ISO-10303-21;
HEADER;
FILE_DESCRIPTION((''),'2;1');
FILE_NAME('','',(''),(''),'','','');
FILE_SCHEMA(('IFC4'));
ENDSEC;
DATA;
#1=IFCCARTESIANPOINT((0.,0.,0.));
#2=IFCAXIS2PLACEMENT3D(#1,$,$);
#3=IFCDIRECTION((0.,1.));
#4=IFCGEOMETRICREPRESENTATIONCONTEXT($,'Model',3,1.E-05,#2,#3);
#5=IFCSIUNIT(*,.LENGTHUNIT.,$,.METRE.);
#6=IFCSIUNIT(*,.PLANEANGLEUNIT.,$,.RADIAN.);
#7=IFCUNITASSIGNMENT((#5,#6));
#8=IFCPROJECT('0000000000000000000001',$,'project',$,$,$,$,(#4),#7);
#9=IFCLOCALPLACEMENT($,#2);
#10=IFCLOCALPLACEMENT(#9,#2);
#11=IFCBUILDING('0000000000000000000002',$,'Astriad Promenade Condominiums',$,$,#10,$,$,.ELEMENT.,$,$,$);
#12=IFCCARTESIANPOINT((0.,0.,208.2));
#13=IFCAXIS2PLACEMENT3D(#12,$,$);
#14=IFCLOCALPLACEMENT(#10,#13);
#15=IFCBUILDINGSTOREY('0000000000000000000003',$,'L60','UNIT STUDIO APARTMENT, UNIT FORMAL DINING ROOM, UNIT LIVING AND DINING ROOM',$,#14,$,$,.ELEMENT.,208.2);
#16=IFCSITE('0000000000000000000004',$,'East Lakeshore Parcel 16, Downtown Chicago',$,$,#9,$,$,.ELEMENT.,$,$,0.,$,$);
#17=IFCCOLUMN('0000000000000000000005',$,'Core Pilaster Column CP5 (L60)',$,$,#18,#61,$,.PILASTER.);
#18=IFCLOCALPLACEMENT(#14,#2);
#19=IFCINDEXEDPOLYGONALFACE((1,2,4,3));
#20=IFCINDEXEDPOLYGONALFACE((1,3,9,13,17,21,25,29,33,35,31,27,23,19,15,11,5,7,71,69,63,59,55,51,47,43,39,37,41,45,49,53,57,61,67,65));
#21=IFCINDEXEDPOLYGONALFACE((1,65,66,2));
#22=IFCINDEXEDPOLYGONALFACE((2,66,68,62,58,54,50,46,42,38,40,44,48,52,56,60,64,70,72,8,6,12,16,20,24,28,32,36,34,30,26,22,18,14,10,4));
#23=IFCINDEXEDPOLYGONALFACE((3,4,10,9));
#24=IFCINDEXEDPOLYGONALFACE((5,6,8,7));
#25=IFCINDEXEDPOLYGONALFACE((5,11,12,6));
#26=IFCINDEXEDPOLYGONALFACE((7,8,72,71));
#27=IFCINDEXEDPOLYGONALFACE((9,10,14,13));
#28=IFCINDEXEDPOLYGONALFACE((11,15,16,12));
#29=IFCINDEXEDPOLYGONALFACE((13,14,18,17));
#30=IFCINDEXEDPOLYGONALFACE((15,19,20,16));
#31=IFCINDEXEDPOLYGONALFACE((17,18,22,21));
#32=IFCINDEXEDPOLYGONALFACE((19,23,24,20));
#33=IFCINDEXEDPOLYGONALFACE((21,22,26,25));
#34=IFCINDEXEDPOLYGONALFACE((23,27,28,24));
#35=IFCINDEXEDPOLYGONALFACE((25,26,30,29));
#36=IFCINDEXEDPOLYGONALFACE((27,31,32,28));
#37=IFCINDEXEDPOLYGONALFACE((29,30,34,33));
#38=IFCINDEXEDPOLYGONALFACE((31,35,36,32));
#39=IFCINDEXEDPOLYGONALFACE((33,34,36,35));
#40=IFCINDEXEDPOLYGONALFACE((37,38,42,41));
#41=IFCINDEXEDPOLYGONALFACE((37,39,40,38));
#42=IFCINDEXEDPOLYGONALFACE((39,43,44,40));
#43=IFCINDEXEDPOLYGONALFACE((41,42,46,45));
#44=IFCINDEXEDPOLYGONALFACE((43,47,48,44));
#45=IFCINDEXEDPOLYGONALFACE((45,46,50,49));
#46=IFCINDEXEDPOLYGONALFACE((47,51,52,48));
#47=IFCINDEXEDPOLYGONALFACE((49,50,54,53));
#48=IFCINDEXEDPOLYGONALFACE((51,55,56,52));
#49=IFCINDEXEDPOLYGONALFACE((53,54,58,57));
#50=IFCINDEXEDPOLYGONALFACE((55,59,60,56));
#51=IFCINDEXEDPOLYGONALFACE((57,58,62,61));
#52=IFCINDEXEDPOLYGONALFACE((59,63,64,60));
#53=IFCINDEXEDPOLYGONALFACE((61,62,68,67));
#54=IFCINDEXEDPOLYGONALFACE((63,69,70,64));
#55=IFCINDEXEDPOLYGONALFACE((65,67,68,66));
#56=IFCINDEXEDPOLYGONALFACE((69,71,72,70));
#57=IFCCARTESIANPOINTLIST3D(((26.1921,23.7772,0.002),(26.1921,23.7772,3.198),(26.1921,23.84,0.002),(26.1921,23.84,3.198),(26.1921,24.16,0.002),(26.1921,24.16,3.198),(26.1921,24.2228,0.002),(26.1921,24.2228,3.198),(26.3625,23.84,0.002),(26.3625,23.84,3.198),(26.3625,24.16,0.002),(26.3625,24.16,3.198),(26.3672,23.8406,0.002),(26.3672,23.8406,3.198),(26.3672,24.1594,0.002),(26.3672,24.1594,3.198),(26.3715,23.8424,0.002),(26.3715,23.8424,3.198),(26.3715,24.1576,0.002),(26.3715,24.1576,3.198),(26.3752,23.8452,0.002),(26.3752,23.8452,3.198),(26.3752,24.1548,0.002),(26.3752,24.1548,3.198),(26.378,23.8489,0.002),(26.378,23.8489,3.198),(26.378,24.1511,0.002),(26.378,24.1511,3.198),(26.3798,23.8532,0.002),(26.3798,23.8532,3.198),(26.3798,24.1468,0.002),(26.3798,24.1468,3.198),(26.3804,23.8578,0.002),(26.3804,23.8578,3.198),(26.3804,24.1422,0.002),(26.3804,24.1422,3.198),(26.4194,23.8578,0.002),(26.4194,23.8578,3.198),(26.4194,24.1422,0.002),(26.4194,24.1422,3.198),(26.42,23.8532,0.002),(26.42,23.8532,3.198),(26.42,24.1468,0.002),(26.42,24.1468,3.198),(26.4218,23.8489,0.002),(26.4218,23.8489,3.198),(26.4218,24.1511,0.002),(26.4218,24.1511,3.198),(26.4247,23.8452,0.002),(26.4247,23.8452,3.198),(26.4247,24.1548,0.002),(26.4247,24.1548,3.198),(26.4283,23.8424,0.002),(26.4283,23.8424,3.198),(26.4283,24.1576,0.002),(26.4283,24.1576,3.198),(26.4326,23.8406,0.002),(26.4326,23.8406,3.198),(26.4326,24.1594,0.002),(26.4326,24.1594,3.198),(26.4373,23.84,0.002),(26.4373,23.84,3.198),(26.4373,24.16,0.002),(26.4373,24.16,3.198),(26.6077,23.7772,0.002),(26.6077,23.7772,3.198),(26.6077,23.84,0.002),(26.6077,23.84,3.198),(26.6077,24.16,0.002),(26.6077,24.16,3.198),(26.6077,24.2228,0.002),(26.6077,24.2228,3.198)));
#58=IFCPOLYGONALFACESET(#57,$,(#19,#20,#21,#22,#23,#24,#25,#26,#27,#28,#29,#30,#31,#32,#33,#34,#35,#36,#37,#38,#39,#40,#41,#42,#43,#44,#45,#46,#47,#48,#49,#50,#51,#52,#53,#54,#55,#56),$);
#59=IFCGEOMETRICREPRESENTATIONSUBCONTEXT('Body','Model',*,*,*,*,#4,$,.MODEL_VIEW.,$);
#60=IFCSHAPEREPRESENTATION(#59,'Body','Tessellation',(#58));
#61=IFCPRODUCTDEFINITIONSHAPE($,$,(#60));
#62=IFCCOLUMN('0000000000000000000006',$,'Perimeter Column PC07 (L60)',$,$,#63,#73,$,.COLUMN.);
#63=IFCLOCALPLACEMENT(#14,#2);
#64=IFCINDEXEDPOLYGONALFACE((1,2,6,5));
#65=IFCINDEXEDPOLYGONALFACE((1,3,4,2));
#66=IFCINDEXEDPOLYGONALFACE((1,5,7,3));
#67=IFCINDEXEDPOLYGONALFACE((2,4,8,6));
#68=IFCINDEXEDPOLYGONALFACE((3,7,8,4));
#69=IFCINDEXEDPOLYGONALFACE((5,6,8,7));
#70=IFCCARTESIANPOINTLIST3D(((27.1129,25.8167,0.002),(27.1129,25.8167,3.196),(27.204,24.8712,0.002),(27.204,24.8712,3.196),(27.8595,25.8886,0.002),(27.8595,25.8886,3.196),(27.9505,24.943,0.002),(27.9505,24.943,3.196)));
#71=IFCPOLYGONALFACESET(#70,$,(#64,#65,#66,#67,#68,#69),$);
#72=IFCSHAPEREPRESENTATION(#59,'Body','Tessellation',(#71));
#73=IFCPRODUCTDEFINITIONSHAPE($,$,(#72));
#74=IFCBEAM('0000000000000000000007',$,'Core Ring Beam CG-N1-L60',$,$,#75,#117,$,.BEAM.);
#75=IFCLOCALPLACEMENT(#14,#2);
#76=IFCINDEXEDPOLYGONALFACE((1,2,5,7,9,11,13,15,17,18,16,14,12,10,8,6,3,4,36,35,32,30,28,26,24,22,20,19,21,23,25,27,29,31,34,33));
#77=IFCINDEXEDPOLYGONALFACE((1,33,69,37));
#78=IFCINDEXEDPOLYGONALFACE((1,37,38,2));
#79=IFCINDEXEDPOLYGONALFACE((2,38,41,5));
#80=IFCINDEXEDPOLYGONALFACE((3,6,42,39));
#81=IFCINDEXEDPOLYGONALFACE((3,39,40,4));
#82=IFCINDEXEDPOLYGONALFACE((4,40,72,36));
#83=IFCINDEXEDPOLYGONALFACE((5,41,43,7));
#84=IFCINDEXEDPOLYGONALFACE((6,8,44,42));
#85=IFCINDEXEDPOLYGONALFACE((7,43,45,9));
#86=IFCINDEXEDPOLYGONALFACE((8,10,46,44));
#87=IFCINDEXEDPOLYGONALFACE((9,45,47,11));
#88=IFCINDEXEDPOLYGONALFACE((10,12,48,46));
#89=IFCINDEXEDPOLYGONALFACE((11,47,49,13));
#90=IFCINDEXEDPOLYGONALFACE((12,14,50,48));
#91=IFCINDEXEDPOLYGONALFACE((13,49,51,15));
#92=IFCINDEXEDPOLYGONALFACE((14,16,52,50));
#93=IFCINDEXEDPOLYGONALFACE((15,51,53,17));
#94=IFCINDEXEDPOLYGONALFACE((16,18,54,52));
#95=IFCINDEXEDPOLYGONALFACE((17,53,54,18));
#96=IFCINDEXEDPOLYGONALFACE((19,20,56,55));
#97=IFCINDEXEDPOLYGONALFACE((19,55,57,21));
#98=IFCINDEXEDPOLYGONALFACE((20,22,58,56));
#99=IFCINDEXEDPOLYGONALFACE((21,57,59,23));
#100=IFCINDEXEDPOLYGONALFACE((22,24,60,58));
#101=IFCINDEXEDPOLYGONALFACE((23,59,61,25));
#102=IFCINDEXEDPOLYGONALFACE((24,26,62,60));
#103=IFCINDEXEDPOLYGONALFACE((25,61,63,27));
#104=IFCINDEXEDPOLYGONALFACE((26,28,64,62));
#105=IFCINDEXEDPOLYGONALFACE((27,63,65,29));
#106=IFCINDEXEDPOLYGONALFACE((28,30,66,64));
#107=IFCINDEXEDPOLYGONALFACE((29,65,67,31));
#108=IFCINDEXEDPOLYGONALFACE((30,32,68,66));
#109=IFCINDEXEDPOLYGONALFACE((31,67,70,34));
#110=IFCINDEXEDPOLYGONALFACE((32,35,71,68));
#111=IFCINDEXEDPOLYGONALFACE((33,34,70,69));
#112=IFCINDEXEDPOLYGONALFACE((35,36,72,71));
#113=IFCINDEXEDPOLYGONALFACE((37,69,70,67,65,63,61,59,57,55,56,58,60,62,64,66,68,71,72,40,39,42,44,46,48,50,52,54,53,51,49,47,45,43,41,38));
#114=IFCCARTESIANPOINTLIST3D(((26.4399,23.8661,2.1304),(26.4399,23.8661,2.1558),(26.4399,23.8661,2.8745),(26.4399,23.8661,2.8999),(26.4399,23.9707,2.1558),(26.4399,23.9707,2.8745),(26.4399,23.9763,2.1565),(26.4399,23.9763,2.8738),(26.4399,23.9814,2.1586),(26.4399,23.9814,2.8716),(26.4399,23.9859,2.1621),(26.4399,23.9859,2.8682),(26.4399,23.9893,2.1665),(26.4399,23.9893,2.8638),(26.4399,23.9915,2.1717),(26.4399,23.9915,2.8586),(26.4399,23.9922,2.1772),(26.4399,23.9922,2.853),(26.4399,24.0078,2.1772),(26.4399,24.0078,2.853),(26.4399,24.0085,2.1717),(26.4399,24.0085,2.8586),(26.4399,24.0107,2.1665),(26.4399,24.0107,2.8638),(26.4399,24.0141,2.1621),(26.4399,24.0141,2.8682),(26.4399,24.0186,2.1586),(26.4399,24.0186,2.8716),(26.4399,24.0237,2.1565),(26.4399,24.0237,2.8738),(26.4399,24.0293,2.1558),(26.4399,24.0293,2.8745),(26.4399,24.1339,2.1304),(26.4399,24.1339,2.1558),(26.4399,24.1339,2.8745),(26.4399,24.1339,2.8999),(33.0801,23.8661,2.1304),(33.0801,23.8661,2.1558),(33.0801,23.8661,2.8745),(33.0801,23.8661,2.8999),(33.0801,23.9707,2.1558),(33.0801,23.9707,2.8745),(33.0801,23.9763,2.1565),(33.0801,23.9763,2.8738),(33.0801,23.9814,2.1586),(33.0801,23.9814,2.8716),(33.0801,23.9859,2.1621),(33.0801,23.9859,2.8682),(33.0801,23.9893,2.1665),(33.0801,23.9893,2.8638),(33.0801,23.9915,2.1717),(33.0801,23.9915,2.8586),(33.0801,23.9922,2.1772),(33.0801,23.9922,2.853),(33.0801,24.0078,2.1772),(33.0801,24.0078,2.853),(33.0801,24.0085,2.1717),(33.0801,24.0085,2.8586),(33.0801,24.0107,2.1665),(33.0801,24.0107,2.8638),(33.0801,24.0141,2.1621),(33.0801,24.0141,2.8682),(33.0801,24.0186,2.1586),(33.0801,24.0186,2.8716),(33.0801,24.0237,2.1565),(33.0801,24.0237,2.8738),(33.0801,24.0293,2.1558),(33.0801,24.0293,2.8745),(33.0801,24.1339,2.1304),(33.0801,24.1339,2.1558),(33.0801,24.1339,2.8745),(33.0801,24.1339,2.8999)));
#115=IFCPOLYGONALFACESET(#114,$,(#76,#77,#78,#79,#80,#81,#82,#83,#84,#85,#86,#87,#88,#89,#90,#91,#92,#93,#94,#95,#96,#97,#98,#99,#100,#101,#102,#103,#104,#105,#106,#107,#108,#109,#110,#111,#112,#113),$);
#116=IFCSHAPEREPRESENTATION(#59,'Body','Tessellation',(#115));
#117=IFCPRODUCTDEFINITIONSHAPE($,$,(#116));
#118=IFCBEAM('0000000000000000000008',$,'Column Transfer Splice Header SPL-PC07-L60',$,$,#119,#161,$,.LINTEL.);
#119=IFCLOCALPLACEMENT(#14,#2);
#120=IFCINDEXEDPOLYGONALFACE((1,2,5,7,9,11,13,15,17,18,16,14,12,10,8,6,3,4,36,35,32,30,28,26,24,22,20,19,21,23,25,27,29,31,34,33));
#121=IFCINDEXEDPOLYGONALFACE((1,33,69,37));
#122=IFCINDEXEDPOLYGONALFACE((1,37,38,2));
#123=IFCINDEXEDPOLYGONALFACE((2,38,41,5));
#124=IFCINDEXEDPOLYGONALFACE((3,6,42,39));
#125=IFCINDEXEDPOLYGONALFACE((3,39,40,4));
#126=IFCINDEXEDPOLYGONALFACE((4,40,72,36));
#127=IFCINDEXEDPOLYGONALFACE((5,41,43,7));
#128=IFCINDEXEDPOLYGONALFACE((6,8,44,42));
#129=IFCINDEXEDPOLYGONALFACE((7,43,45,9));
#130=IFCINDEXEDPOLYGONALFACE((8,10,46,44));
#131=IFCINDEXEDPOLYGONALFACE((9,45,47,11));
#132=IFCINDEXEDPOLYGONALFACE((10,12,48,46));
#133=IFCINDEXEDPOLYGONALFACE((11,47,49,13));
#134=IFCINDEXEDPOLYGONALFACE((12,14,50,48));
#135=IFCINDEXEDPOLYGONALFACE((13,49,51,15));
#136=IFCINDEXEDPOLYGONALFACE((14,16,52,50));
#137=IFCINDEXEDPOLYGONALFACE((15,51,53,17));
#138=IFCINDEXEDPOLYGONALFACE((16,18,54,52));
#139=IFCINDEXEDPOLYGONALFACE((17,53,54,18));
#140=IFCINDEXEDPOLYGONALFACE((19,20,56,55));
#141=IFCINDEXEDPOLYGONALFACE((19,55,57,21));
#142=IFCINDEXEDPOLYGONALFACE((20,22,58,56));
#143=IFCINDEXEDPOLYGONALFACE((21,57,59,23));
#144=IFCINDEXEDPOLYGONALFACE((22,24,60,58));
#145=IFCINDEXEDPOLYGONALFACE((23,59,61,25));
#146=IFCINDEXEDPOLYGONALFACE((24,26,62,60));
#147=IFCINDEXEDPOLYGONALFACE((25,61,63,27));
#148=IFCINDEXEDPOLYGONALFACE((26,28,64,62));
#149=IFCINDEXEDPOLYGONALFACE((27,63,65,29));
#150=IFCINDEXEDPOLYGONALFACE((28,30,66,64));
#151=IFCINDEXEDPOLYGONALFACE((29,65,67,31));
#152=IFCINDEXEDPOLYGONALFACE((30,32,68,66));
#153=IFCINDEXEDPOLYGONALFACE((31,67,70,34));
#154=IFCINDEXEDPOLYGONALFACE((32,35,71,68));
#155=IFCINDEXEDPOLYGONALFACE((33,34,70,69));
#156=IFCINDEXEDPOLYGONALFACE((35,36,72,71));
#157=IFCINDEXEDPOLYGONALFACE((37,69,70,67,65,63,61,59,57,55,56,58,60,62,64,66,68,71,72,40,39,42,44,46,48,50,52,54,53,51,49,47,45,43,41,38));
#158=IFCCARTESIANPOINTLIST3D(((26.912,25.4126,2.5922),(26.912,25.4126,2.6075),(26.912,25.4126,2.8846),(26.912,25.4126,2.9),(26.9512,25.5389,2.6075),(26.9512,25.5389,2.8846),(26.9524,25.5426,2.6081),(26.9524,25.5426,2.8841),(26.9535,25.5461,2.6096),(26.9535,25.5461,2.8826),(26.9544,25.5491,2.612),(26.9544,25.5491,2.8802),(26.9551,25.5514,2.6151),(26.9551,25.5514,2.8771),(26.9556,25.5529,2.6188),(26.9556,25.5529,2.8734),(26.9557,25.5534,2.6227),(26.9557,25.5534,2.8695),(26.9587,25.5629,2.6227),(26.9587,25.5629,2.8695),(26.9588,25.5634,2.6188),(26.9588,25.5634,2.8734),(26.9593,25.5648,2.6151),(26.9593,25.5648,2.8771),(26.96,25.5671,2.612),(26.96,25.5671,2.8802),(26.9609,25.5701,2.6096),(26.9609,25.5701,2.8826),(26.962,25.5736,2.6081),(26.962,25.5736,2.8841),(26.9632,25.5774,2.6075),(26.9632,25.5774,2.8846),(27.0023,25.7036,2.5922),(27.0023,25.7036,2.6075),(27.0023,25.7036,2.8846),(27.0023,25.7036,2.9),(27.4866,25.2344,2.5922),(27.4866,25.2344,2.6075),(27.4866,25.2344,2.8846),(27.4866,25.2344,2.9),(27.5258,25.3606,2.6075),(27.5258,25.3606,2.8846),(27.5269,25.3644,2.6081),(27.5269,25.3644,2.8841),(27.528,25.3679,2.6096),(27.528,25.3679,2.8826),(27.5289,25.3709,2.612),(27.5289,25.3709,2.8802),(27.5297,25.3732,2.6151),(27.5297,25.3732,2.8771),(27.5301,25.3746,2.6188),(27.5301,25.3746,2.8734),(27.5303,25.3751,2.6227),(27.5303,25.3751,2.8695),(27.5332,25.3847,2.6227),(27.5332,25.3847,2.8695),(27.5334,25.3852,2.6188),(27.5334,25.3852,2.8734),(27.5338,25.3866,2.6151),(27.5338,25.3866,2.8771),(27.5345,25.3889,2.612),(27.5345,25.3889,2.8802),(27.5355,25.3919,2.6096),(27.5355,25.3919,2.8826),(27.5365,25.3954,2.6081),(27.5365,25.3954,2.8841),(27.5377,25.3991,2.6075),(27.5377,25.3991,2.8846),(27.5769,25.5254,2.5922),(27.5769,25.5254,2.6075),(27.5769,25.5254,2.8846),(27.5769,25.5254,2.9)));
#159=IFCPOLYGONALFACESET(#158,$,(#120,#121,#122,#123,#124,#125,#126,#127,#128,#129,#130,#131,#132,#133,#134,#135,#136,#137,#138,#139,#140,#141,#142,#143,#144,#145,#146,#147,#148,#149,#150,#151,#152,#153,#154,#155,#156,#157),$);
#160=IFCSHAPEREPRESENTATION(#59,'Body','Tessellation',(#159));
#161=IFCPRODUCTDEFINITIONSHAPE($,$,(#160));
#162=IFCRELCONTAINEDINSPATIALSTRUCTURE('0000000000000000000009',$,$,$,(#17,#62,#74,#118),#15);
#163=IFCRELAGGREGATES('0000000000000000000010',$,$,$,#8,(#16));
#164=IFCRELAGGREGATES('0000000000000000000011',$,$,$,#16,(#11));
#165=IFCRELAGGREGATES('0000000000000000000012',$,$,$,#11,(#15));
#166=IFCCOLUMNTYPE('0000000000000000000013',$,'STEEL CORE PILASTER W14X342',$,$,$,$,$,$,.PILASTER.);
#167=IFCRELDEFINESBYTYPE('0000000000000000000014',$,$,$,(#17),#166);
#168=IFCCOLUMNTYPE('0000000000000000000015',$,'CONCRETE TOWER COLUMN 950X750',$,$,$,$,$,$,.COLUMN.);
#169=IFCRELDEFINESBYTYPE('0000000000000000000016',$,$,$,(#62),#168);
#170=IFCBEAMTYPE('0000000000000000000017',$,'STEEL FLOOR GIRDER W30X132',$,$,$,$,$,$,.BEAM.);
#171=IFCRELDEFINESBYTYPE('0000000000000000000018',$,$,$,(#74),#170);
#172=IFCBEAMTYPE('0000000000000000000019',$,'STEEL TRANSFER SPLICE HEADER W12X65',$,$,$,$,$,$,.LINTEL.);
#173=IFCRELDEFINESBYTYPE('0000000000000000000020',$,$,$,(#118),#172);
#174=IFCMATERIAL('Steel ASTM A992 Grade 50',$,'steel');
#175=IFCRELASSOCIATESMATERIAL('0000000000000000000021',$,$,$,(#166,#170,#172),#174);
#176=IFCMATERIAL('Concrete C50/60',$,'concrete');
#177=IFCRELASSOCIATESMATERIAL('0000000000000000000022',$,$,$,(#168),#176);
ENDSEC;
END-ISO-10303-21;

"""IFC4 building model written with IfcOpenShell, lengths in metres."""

from ifc_helpers import new_model, si_unit, direction, frame, origin, origin_2d, place, context, subcontext, project, spatial, rectangle, i_section, extrude, source, transform, mapped, material, material_profile, profile_set, type_object, type_shapes, element, save


model = new_model("IFC4")

# Units and contexts
model_context = context("Model", 3, precision=1e-05, world=origin(), true_north=direction((0.0, 1.0)))
body_context = subcontext(model_context, "Body", "Model", "MODEL_VIEW")
ifc_project = project(units=[si_unit("LENGTHUNIT", "METRE"), si_unit("PLANEANGLEUNIT", "RADIAN")], contexts=[model_context])

# Site, building, storey
site_placement = place(None, origin())
site = spatial("IfcSite", under=ifc_project, at=site_placement, Name="East Lakeshore Parcel 16, Downtown Chicago", CompositionType="ELEMENT", RefElevation=0.0)
building_placement = place(site_placement, origin())
building = spatial("IfcBuilding", under=site, at=building_placement, Name="Astriad Promenade Condominiums", CompositionType="ELEMENT")
storey_placement = place(building_placement, frame((0.0, 0.0, 208.2)))
storey = spatial("IfcBuildingStorey", under=building, at=storey_placement, Name="L60", Description="UNIT STUDIO APARTMENT, UNIT FORMAL DINING ROOM, UNIT LIVING AND DINING ROOM", CompositionType="ELEMENT", Elevation=208.2)

# Columns
ifc_material_1 = material(Name="Steel ASTM A992 Grade 50", Category="steel")
ifc_material_profile_1 = material_profile(ifc_material_1, i_section(OverallWidth=0.4155, OverallDepth=0.4456, WebThickness=0.0391, FlangeThickness=0.0627, FilletRadius=0.0178, at=origin_2d()), Name="W14X342")
ifc_profile_set_1 = profile_set([ifc_material_profile_1], Name="Steel ASTM A992 Grade 50")
column_type_1 = type_object("IfcColumnType", Name="STEEL CORE PILASTER W14X342", PredefinedType="PILASTER", material=ifc_profile_set_1)
shared_shape_1 = source(origin(), body_context, "Body", "SweptSolid", [
    extrude(i_section(OverallWidth=0.4155, OverallDepth=0.4456, WebThickness=0.0391, FlangeThickness=0.0627, FilletRadius=0.0178, at=origin_2d()), origin(), (0.0, 0.0, 1.0), 3.196),
])
type_shapes(column_type_1, [shared_shape_1])
column_1_placement = place(storey_placement, frame((26.3999, 24.0, 0.002), z_axis=(0.0, 0.0, 1.0), x_axis=(1.0, 0.0, 0.0)))
element("IfcColumn", 1, at=column_1_placement, inside=storey, type_object=column_type_1, Name="Core Pilaster Column CP5 (L60)", PredefinedType="PILASTER", context=body_context, shape_type="MappedRepresentation", body=[
    mapped(shared_shape_1, transform((0.0, 0.0, 0.0), scale=1.0)),
])
ifc_material_2 = material(Name="Concrete C50/60", Category="concrete")
ifc_material_profile_2 = material_profile(ifc_material_2, rectangle(XDim=0.75, YDim=0.95, at=origin_2d()), Name="RC-COL-950X750")
ifc_profile_set_2 = profile_set([ifc_material_profile_2], Name="Concrete C50/60")
column_type_2 = type_object("IfcColumnType", Name="CONCRETE TOWER COLUMN 950X750", PredefinedType="COLUMN", material=ifc_profile_set_2)
shared_shape_2 = source(origin(), body_context, "Body", "SweptSolid", [
    extrude(rectangle(XDim=0.75, YDim=0.95, at=origin_2d()), origin(), (0.0, 0.0, 1.0), 3.1941),
])
type_shapes(column_type_2, [shared_shape_2])
column_2_placement = place(storey_placement, frame((27.5317, 25.3799, 0.002), z_axis=(0.0, 0.0, 1.0), x_axis=(0.995396, 0.095846, 0.0)))
element("IfcColumn", 2, at=column_2_placement, inside=storey, type_object=column_type_2, Name="Perimeter Column PC07 (L60)", PredefinedType="COLUMN", context=body_context, shape_type="MappedRepresentation", body=[
    mapped(shared_shape_2, transform((0.0, 0.0, 0.0), scale=1.0)),
])

# Beams
ifc_material_profile_3 = material_profile(ifc_material_1, i_section(OverallWidth=0.2678, OverallDepth=0.7695, WebThickness=0.0156, FlangeThickness=0.0254, FilletRadius=0.0215, at=origin_2d()), Name="W30X132")
ifc_profile_set_3 = profile_set([ifc_material_profile_3], Name="Steel ASTM A992 Grade 50")
beam_type_1 = type_object("IfcBeamType", Name="STEEL FLOOR GIRDER W30X132", PredefinedType="BEAM", material=ifc_profile_set_3)
shared_shape_3 = source(origin(), body_context, "Body", "SweptSolid", [
    extrude(i_section(OverallWidth=0.2678, OverallDepth=0.7695, WebThickness=0.0156, FlangeThickness=0.0254, FilletRadius=0.0215, at=origin_2d()), origin(), (0.0, 0.0, 1.0), 6.6401),
])
type_shapes(beam_type_1, [shared_shape_3])
beam_1_placement = place(storey_placement, frame((26.4399, 24.0, 2.5151), z_axis=(1.0, 0.0, 0.0), x_axis=(0.0, 1.0, 0.0)))
element("IfcBeam", 3, at=beam_1_placement, inside=storey, type_object=beam_type_1, Name="Core Ring Beam CG-N1-L60", PredefinedType="BEAM", context=body_context, shape_type="MappedRepresentation", body=[
    mapped(shared_shape_3, transform((0.0, 0.0, 0.0), scale=1.0)),
])
ifc_material_profile_4 = material_profile(ifc_material_1, i_section(OverallWidth=0.3047, OverallDepth=0.3079, WebThickness=0.01, FlangeThickness=0.0154, FilletRadius=0.0151, at=origin_2d()), Name="W12X65")
ifc_profile_set_4 = profile_set([ifc_material_profile_4], Name="Steel ASTM A992 Grade 50")
beam_type_2 = type_object("IfcBeamType", Name="STEEL TRANSFER SPLICE HEADER W12X65", PredefinedType="LINTEL", material=ifc_profile_set_4)
shared_shape_4 = source(origin(), body_context, "Body", "SweptSolid", [
    extrude(i_section(OverallWidth=0.3047, OverallDepth=0.3079, WebThickness=0.01, FlangeThickness=0.0154, FilletRadius=0.0151, at=origin_2d()), origin(), (0.0, 0.0, 1.0), 0.6016),
])
type_shapes(beam_type_2, [shared_shape_4])
beam_2_placement = place(storey_placement, frame((27.5317, 25.3799, 2.7461), z_axis=(-0.955092, 0.29631, 0.0), x_axis=(-0.29631, -0.955092, 0.0)))
element("IfcBeam", 4, at=beam_2_placement, inside=storey, type_object=beam_type_2, Name="Column Transfer Splice Header SPL-PC07-L60", PredefinedType="LINTEL", context=body_context, shape_type="MappedRepresentation", body=[
    mapped(shared_shape_4, transform((0.0, 0.0, 0.0), scale=1.0)),
])

save(model, "model.ifc")
